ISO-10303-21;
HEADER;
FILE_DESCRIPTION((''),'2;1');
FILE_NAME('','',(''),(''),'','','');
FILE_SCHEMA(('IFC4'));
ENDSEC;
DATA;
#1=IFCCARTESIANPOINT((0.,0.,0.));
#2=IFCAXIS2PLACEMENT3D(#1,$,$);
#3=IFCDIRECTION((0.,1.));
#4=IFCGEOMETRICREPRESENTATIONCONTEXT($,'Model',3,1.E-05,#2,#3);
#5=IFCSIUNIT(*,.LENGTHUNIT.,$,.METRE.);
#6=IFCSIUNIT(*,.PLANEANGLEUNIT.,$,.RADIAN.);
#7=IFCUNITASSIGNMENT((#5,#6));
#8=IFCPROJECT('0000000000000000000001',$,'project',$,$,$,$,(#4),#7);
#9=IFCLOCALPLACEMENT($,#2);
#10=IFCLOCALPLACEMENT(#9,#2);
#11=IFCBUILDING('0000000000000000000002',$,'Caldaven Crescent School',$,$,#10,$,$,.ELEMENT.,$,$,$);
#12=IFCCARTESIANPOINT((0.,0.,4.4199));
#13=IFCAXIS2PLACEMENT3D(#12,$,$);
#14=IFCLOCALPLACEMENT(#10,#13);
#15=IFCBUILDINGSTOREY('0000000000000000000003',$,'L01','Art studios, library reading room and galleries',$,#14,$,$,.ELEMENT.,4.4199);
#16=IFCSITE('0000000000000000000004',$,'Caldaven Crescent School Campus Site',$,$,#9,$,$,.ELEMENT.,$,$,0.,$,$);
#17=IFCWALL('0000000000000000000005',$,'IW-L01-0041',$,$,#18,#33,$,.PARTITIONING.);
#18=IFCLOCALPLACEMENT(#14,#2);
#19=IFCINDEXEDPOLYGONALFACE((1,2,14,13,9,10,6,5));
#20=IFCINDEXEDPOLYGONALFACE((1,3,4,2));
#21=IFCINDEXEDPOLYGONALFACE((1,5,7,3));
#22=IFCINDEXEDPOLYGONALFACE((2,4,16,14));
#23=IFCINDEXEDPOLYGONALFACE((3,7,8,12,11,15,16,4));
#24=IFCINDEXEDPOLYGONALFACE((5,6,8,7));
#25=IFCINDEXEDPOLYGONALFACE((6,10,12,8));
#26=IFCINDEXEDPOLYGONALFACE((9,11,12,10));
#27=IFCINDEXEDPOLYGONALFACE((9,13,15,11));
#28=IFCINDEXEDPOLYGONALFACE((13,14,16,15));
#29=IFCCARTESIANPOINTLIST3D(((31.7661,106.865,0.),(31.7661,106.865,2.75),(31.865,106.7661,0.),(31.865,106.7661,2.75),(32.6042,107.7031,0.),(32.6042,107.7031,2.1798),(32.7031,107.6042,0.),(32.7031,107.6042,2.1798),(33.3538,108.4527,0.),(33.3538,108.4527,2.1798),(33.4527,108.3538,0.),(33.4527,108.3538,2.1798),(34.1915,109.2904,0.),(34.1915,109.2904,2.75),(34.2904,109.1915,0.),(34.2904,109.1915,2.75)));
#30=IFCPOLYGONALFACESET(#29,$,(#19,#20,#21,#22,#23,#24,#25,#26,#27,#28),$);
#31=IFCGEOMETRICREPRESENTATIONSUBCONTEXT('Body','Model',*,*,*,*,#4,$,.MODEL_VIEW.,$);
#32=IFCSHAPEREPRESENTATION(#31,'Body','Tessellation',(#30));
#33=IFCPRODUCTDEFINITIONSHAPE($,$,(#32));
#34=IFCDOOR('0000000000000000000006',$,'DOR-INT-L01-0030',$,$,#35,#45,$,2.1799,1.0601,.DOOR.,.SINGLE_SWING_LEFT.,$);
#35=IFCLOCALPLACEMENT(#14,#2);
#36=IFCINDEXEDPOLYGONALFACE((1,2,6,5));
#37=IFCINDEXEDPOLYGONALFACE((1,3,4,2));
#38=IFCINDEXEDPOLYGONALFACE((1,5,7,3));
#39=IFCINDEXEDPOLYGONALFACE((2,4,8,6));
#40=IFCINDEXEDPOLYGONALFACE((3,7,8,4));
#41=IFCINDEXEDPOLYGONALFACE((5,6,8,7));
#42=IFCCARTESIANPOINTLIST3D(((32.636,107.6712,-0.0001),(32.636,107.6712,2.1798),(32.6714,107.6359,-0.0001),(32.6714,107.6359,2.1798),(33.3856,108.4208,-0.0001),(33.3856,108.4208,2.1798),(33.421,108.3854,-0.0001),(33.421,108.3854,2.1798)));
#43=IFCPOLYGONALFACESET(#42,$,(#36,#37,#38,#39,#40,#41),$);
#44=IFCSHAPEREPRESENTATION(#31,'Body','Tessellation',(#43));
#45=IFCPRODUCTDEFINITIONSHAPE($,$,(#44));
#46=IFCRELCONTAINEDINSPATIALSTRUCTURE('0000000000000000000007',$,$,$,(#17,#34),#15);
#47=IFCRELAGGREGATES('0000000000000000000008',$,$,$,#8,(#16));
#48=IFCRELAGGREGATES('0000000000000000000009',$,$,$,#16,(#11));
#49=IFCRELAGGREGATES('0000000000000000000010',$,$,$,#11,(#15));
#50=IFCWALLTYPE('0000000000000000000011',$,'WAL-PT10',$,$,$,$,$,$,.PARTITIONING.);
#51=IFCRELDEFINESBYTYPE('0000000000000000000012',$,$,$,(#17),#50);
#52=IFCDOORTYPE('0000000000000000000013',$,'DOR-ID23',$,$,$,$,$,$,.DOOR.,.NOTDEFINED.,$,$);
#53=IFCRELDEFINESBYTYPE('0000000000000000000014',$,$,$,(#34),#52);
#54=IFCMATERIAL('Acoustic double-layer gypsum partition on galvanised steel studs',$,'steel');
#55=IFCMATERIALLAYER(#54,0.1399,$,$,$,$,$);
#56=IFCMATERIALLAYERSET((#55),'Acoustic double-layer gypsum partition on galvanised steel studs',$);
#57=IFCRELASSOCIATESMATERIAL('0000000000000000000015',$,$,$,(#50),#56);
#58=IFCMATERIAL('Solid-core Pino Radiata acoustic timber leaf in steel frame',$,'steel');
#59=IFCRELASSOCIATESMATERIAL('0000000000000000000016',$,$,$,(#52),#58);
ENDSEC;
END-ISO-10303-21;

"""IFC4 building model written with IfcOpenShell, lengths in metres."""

from ifc_helpers import new_model, si_unit, direction, frame, frame_2d, origin, place, context, subcontext, project, spatial, rectangle, extrude, material, layer, layer_set, type_object, element, fill, save


model = new_model("IFC4")

# Units and contexts
model_context = context("Model", 3, precision=1e-05, world=origin(), true_north=direction((0.0, 1.0)))
body_context = subcontext(model_context, "Body", "Model", "MODEL_VIEW")
ifc_project = project(units=[si_unit("LENGTHUNIT", "METRE"), si_unit("PLANEANGLEUNIT", "RADIAN")], contexts=[model_context])

# Site, building, storey
site_placement = place(None, origin())
site = spatial("IfcSite", under=ifc_project, at=site_placement, Name="Caldaven Crescent School Campus Site", CompositionType="ELEMENT", RefElevation=0.0)
building_placement = place(site_placement, origin())
building = spatial("IfcBuilding", under=site, at=building_placement, Name="Caldaven Crescent School", CompositionType="ELEMENT")
storey_placement = place(building_placement, frame((0.0, 0.0, 4.4199)))
storey = spatial("IfcBuildingStorey", under=building, at=storey_placement, Name="L01", Description="Art studios, library reading room and galleries", CompositionType="ELEMENT", Elevation=4.4199)

# Wall, opening, door
ifc_material_1 = material(Name="Acoustic double-layer gypsum partition on galvanised steel studs", Category="steel")
ifc_material_2 = material(Name="Solid-core Pino Radiata acoustic timber leaf in steel frame", Category="steel")
ifc_layer_1 = layer(ifc_material_1, 0.1399)
ifc_layer_set_1 = layer_set([ifc_layer_1], Name="Acoustic double-layer gypsum partition on galvanised steel studs")
wall_type_1 = type_object("IfcWallType", Name="WAL-PT10", PredefinedType="PARTITIONING", material=ifc_layer_set_1)
wall_1_placement = place(storey_placement, frame((31.8157, 106.8157, 0.0), z_axis=(0.0, 0.0, 1.0), x_axis=(0.707107, 0.707107, 0.0)))
wall_1 = element("IfcWall", 1, at=wall_1_placement, inside=storey, type_object=wall_type_1, Name="IW-L01-0041", PredefinedType="PARTITIONING", context=body_context, shape_type="SweptSolid", body=[
    extrude(rectangle(XDim=3.4299, YDim=0.1399, at=frame_2d((1.7148, 0.0))), origin(), (0.0, 0.0, 1.0), 2.75),
])
opening_1_placement = place(wall_1_placement, frame((1.1851, 0.0, 0.0)))
opening_1 = element("IfcOpeningElement", 2, at=opening_1_placement, cuts=wall_1, PredefinedType="OPENING", context=body_context, shape_type="SweptSolid", body=[
    extrude(rectangle(XDim=1.0601, YDim=2.1799, at=frame_2d((0.53, 1.0898))), frame((0.0, 0.0798, 0.0), z_axis=(0.0, -1.0, 0.0), x_axis=(1.0, 0.0, 0.0)), (0.0, 0.0, 1.0), 0.1599),
])
door_type_1 = type_object("IfcDoorType", Name="DOR-ID23", OperationType="NOTDEFINED", PredefinedType="DOOR", material=ifc_material_2)
door_1_placement = place(opening_1_placement, origin())
door_1 = element("IfcDoor", 3, at=door_1_placement, inside=storey, type_object=door_type_1, Name="DOR-INT-L01-0030", OperationType="SINGLE_SWING_LEFT", OverallHeight=2.1799, OverallWidth=1.0601, PredefinedType="DOOR", context=body_context, shape_type="SweptSolid", body=[
    extrude(rectangle(XDim=1.0601, YDim=2.1799, at=frame_2d((0.53, 1.0898))), frame((0.0, 0.0249, 0.0), z_axis=(0.0, -1.0, 0.0), x_axis=(1.0, 0.0, 0.0)), (0.0, 0.0, 1.0), 0.05),
])
fill(opening_1, door_1)

save(model, "model.ifc")
